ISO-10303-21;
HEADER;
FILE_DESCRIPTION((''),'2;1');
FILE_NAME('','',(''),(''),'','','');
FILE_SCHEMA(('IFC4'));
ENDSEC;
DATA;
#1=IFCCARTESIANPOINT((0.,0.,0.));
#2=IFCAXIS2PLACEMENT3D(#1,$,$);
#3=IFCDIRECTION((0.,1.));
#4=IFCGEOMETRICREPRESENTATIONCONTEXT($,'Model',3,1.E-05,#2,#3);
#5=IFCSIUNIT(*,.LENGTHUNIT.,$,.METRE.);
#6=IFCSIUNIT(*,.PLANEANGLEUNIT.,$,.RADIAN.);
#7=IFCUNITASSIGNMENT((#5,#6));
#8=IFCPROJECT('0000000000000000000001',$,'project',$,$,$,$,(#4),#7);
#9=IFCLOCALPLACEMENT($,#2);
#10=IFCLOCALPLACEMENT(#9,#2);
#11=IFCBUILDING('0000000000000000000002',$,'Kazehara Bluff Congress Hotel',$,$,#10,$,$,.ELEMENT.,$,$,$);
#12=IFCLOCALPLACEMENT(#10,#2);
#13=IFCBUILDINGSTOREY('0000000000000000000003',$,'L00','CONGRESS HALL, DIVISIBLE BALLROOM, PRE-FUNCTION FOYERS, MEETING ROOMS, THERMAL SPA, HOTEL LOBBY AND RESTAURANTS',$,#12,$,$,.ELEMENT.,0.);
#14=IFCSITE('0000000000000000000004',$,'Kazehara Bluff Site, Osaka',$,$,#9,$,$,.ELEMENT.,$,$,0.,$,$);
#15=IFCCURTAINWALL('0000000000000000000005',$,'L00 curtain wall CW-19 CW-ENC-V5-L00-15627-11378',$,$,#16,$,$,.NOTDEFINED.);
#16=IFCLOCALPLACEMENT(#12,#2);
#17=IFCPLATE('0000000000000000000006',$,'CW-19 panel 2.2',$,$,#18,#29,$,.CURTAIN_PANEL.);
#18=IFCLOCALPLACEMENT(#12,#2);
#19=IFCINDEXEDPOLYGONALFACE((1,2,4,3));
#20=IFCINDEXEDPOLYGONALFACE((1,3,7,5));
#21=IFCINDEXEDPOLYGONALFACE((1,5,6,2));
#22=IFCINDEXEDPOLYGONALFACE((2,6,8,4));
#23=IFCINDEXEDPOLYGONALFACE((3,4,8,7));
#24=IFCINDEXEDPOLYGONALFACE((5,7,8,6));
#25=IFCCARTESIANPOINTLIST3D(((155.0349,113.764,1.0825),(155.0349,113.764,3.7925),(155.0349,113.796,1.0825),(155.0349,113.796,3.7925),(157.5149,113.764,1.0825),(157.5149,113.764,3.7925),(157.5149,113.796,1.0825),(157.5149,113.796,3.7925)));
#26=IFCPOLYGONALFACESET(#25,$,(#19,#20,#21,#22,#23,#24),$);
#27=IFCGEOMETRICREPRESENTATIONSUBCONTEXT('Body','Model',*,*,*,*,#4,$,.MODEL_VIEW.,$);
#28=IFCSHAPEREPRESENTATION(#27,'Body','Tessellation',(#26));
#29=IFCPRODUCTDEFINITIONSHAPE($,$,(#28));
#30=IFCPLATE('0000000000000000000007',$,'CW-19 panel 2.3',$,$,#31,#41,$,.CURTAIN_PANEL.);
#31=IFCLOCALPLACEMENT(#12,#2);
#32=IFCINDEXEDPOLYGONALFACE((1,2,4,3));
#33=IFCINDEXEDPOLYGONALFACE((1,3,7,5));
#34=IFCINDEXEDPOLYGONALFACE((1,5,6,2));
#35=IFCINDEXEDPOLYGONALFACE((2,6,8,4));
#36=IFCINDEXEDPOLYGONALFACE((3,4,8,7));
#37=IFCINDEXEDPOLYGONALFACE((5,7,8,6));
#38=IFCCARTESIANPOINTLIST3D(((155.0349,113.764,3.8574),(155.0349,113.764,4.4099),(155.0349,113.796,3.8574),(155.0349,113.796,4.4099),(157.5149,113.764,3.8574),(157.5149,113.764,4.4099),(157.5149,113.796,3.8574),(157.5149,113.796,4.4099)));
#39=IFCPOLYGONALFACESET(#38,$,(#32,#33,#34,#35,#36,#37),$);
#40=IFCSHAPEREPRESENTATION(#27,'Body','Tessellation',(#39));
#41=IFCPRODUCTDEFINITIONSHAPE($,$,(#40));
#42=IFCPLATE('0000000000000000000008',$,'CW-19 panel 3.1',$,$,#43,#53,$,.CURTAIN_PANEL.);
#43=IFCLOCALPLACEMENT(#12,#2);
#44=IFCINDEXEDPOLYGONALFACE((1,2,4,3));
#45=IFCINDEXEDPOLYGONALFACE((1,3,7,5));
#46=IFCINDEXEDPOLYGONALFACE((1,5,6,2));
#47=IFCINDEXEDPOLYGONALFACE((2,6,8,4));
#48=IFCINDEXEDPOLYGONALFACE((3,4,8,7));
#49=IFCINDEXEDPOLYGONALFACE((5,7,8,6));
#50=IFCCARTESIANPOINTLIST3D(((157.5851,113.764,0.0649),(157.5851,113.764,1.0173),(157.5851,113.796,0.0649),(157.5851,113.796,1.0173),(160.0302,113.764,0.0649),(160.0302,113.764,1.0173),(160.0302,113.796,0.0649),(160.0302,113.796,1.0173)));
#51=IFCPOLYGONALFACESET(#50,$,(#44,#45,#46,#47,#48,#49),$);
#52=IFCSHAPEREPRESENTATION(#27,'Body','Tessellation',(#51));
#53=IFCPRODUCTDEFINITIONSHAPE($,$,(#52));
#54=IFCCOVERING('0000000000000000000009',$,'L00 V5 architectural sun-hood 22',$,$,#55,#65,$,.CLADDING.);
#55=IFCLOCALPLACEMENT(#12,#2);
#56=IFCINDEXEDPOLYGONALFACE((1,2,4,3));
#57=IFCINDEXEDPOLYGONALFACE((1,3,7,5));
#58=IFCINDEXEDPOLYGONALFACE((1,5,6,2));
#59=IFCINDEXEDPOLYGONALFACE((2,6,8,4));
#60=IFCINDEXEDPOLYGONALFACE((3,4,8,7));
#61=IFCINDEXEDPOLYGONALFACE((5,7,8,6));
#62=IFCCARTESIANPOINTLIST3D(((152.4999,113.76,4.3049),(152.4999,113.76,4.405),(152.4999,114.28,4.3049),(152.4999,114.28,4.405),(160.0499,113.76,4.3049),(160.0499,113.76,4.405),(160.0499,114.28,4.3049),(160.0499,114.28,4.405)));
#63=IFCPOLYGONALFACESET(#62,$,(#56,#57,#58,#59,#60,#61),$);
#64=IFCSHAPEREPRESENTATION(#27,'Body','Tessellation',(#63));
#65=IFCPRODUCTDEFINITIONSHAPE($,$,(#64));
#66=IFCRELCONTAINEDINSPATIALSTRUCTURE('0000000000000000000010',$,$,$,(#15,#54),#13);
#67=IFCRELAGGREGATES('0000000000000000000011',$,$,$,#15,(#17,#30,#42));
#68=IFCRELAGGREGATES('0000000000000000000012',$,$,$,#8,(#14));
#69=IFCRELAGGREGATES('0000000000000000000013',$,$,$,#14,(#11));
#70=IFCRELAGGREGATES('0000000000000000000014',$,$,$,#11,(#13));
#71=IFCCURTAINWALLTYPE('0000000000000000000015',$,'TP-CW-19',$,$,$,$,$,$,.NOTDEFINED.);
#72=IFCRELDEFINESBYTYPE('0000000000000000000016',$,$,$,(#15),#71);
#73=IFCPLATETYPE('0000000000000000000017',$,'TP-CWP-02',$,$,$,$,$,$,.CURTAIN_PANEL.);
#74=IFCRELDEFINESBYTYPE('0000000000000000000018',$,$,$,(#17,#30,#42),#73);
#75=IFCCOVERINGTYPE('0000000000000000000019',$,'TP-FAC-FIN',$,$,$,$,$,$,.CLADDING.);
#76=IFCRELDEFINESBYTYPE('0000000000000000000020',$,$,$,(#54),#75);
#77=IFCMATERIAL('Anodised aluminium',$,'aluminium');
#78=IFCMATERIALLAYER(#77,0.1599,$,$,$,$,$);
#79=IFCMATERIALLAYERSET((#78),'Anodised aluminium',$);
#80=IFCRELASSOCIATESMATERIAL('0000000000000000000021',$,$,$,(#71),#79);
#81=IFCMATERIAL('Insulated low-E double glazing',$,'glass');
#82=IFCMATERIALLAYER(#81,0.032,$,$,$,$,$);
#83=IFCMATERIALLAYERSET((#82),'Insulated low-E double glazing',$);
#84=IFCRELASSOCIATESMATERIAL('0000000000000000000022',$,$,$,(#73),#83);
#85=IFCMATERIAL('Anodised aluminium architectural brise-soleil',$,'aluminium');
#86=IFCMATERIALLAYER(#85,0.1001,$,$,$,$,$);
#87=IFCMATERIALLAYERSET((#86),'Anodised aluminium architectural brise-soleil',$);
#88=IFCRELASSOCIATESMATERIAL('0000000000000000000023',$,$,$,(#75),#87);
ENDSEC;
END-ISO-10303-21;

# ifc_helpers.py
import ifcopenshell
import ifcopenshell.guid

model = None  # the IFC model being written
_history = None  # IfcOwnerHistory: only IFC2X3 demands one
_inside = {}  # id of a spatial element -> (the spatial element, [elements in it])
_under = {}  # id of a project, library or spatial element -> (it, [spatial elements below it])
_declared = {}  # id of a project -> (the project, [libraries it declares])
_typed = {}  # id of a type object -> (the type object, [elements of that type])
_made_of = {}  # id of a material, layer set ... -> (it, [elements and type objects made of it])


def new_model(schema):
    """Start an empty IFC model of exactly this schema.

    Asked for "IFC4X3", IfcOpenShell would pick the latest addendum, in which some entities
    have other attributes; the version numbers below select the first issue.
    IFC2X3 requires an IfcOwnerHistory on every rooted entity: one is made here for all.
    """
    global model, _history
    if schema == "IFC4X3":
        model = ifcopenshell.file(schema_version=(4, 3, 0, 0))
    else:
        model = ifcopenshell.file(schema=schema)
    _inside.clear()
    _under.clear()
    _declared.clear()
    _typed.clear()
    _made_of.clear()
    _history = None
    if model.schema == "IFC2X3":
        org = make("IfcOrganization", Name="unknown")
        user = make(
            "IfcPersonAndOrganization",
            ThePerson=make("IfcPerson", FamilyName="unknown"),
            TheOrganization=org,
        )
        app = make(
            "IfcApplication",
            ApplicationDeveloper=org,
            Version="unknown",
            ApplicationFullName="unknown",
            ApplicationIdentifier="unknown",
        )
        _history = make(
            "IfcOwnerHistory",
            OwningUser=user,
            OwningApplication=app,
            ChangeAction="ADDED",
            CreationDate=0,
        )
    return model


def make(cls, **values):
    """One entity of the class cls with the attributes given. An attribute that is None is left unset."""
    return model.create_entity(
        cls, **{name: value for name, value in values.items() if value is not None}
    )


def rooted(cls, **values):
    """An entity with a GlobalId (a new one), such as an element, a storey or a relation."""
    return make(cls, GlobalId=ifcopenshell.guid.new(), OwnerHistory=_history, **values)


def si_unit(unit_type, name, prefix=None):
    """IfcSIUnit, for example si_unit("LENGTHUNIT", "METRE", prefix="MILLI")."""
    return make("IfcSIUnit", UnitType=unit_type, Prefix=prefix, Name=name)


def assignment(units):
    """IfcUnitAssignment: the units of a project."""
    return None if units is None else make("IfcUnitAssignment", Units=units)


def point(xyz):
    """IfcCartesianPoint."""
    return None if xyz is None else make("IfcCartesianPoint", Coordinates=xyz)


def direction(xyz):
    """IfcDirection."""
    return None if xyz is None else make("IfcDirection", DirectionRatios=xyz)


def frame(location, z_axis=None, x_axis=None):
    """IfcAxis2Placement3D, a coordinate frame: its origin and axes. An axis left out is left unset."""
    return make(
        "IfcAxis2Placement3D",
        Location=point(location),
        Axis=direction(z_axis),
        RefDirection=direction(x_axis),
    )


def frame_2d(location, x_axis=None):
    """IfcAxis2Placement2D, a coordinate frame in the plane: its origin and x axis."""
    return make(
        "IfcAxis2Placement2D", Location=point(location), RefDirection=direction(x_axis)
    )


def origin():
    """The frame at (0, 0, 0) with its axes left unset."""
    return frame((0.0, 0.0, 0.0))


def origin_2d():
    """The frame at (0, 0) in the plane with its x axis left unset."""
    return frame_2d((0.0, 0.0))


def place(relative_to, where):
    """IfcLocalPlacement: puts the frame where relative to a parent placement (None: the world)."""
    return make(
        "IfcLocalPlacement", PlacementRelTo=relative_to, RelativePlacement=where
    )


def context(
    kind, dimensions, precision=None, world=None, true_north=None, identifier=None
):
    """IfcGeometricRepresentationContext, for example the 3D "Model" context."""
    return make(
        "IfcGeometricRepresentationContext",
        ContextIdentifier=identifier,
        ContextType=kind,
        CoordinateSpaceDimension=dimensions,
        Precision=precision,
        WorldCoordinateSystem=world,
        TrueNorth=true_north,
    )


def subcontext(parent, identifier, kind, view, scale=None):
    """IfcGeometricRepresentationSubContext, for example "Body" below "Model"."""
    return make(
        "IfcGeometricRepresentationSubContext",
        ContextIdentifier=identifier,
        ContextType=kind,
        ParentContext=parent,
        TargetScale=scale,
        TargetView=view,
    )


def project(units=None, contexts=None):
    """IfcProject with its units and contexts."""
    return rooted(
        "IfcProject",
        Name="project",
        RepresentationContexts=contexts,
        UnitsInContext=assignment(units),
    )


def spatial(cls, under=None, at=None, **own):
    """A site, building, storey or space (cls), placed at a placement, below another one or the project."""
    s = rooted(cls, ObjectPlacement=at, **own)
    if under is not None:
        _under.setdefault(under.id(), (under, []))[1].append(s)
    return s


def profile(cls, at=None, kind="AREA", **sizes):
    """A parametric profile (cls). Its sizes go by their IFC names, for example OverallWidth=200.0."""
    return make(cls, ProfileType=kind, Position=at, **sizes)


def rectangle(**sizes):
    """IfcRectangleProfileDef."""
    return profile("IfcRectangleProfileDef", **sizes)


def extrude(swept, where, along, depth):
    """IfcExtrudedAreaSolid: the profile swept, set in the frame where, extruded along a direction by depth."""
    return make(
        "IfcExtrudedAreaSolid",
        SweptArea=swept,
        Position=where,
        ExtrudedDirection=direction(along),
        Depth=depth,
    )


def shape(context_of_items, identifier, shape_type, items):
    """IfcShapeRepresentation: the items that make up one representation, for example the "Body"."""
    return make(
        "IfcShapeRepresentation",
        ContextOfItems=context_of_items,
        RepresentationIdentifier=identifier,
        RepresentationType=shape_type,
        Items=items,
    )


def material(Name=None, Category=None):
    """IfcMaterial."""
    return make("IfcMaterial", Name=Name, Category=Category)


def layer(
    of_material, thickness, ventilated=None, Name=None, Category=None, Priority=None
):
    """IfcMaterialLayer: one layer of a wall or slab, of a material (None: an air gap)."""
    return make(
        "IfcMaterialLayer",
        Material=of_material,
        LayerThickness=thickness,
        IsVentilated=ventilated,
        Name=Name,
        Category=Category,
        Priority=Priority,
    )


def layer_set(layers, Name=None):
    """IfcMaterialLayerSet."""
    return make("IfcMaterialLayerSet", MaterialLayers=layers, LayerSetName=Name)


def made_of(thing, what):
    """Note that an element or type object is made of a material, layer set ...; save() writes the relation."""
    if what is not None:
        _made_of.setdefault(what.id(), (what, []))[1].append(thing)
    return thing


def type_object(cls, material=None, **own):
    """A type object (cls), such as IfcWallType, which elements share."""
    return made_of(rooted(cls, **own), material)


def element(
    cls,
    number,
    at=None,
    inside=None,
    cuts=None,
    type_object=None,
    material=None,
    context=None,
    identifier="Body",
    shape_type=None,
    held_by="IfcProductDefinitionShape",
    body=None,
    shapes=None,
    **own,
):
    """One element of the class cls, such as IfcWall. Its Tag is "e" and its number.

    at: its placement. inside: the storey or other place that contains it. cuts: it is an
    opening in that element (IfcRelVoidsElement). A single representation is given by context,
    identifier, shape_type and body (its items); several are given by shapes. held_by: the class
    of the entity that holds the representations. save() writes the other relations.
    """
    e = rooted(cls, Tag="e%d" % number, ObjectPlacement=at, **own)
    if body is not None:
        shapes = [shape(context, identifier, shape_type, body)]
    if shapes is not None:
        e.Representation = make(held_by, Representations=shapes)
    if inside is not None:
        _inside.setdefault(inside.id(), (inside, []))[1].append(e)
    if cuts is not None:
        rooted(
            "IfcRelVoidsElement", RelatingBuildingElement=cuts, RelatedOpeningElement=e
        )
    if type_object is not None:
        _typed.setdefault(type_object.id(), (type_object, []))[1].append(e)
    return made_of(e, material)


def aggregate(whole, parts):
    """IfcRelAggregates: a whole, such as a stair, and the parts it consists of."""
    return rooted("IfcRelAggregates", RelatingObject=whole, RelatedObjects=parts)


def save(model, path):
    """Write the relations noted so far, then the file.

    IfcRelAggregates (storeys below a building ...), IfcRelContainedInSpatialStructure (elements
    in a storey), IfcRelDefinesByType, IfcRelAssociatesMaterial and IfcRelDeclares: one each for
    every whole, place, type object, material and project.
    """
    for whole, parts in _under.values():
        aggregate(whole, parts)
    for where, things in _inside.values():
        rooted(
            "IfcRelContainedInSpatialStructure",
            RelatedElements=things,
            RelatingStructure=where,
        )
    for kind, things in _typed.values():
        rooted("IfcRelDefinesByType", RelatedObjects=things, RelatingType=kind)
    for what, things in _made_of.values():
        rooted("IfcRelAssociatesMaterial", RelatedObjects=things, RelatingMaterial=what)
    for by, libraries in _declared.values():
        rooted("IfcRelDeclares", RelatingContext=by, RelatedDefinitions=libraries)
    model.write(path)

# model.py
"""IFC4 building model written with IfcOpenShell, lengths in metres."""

from ifc_helpers import new_model, si_unit, direction, frame, origin, origin_2d, place, context, subcontext, project, spatial, rectangle, extrude, material, layer, layer_set, type_object, element, aggregate, save


model = new_model("IFC4")

# Units and contexts
model_context = context("Model", 3, precision=1e-05, world=origin(), true_north=direction((0.0, 1.0)))
body_context = subcontext(model_context, "Body", "Model", "MODEL_VIEW")
ifc_project = project(units=[si_unit("LENGTHUNIT", "METRE"), si_unit("PLANEANGLEUNIT", "RADIAN")], contexts=[model_context])

# Site, building, storey
site_placement = place(None, origin())
site = spatial("IfcSite", under=ifc_project, at=site_placement, Name="Kazehara Bluff Site, Osaka", CompositionType="ELEMENT", RefElevation=0.0)
building_placement = place(site_placement, origin())
building = spatial("IfcBuilding", under=site, at=building_placement, Name="Kazehara Bluff Congress Hotel", CompositionType="ELEMENT")
storey_placement = place(building_placement, origin())
storey = spatial("IfcBuildingStorey", under=building, at=storey_placement, Name="L00", Description="CONGRESS HALL, DIVISIBLE BALLROOM, PRE-FUNCTION FOYERS, MEETING ROOMS, THERMAL SPA, HOTEL LOBBY AND RESTAURANTS", CompositionType="ELEMENT", Elevation=0.0)

# Shared definitions
ifc_material_1 = material(Name="Anodised aluminium", Category="aluminium")
ifc_layer_1 = layer(ifc_material_1, 0.1599)
ifc_layer_set_1 = layer_set([ifc_layer_1], Name="Anodised aluminium")
curtain_wall_type = type_object("IfcCurtainWallType", Name="TP-CW-19", PredefinedType="NOTDEFINED", material=ifc_layer_set_1)

# Curtain wall
curtain_wall_1_placement = place(storey_placement, origin())
curtain_wall_1 = element("IfcCurtainWall", 1, at=curtain_wall_1_placement, inside=storey, type_object=curtain_wall_type, Name="L00 curtain wall CW-19 CW-ENC-V5-L00-15627-11378", PredefinedType="NOTDEFINED")

# Plates
ifc_material_2 = material(Name="Insulated low-E double glazing", Category="glass")
ifc_layer_2 = layer(ifc_material_2, 0.032)
ifc_layer_set_2 = layer_set([ifc_layer_2], Name="Insulated low-E double glazing")
plate_type = type_object("IfcPlateType", Name="TP-CWP-02", PredefinedType="CURTAIN_PANEL", material=ifc_layer_set_2)
plate_1_placement = place(storey_placement, frame((156.2749, 113.78, 1.0825), z_axis=(0.0, 0.0, 1.0), x_axis=(1.0, 0.0, 0.0)))
plate_1 = element("IfcPlate", 2, at=plate_1_placement, type_object=plate_type, Name="CW-19 panel 2.2", PredefinedType="CURTAIN_PANEL", context=body_context, shape_type="SweptSolid", body=[
    extrude(rectangle(XDim=2.48, YDim=0.032, at=origin_2d()), origin(), (0.0, 0.0, 1.0), 2.71),
])
plate_2_placement = place(storey_placement, frame((156.2749, 113.78, 3.8574), z_axis=(0.0, 0.0, 1.0), x_axis=(1.0, 0.0, 0.0)))
plate_2 = element("IfcPlate", 3, at=plate_2_placement, type_object=plate_type, Name="CW-19 panel 2.3", PredefinedType="CURTAIN_PANEL", context=body_context, shape_type="SweptSolid", body=[
    extrude(rectangle(XDim=2.48, YDim=0.032, at=origin_2d()), origin(), (0.0, 0.0, 1.0), 0.5525),
])
plate_3_placement = place(storey_placement, frame((158.8076, 113.78, 0.0649), z_axis=(0.0, 0.0, 1.0), x_axis=(1.0, 0.0, 0.0)))
plate_3 = element("IfcPlate", 4, at=plate_3_placement, type_object=plate_type, Name="CW-19 panel 3.1", PredefinedType="CURTAIN_PANEL", context=body_context, shape_type="SweptSolid", body=[
    extrude(rectangle(XDim=2.4451, YDim=0.032, at=origin_2d()), origin(), (0.0, 0.0, 1.0), 0.9524),
])
aggregate(curtain_wall_1, [plate_1, plate_2, plate_3])

# Covering
ifc_material_3 = material(Name="Anodised aluminium architectural brise-soleil", Category="aluminium")
ifc_layer_3 = layer(ifc_material_3, 0.1001)
ifc_layer_set_3 = layer_set([ifc_layer_3], Name="Anodised aluminium architectural brise-soleil")
covering_type = type_object("IfcCoveringType", Name="TP-FAC-FIN", PredefinedType="CLADDING", material=ifc_layer_set_3)
covering_placement = place(storey_placement, frame((156.2749, 114.02, 4.3049), z_axis=(0.0, 0.0, 1.0), x_axis=(1.0, 0.0, 0.0)))
element("IfcCovering", 5, at=covering_placement, inside=storey, type_object=covering_type, Name="L00 V5 architectural sun-hood 22", PredefinedType="CLADDING", context=body_context, shape_type="SweptSolid", body=[
    extrude(rectangle(XDim=7.55, YDim=0.52, at=origin_2d()), origin(), (0.0, 0.0, 1.0), 0.1001),
])

save(model, "model.ifc")
